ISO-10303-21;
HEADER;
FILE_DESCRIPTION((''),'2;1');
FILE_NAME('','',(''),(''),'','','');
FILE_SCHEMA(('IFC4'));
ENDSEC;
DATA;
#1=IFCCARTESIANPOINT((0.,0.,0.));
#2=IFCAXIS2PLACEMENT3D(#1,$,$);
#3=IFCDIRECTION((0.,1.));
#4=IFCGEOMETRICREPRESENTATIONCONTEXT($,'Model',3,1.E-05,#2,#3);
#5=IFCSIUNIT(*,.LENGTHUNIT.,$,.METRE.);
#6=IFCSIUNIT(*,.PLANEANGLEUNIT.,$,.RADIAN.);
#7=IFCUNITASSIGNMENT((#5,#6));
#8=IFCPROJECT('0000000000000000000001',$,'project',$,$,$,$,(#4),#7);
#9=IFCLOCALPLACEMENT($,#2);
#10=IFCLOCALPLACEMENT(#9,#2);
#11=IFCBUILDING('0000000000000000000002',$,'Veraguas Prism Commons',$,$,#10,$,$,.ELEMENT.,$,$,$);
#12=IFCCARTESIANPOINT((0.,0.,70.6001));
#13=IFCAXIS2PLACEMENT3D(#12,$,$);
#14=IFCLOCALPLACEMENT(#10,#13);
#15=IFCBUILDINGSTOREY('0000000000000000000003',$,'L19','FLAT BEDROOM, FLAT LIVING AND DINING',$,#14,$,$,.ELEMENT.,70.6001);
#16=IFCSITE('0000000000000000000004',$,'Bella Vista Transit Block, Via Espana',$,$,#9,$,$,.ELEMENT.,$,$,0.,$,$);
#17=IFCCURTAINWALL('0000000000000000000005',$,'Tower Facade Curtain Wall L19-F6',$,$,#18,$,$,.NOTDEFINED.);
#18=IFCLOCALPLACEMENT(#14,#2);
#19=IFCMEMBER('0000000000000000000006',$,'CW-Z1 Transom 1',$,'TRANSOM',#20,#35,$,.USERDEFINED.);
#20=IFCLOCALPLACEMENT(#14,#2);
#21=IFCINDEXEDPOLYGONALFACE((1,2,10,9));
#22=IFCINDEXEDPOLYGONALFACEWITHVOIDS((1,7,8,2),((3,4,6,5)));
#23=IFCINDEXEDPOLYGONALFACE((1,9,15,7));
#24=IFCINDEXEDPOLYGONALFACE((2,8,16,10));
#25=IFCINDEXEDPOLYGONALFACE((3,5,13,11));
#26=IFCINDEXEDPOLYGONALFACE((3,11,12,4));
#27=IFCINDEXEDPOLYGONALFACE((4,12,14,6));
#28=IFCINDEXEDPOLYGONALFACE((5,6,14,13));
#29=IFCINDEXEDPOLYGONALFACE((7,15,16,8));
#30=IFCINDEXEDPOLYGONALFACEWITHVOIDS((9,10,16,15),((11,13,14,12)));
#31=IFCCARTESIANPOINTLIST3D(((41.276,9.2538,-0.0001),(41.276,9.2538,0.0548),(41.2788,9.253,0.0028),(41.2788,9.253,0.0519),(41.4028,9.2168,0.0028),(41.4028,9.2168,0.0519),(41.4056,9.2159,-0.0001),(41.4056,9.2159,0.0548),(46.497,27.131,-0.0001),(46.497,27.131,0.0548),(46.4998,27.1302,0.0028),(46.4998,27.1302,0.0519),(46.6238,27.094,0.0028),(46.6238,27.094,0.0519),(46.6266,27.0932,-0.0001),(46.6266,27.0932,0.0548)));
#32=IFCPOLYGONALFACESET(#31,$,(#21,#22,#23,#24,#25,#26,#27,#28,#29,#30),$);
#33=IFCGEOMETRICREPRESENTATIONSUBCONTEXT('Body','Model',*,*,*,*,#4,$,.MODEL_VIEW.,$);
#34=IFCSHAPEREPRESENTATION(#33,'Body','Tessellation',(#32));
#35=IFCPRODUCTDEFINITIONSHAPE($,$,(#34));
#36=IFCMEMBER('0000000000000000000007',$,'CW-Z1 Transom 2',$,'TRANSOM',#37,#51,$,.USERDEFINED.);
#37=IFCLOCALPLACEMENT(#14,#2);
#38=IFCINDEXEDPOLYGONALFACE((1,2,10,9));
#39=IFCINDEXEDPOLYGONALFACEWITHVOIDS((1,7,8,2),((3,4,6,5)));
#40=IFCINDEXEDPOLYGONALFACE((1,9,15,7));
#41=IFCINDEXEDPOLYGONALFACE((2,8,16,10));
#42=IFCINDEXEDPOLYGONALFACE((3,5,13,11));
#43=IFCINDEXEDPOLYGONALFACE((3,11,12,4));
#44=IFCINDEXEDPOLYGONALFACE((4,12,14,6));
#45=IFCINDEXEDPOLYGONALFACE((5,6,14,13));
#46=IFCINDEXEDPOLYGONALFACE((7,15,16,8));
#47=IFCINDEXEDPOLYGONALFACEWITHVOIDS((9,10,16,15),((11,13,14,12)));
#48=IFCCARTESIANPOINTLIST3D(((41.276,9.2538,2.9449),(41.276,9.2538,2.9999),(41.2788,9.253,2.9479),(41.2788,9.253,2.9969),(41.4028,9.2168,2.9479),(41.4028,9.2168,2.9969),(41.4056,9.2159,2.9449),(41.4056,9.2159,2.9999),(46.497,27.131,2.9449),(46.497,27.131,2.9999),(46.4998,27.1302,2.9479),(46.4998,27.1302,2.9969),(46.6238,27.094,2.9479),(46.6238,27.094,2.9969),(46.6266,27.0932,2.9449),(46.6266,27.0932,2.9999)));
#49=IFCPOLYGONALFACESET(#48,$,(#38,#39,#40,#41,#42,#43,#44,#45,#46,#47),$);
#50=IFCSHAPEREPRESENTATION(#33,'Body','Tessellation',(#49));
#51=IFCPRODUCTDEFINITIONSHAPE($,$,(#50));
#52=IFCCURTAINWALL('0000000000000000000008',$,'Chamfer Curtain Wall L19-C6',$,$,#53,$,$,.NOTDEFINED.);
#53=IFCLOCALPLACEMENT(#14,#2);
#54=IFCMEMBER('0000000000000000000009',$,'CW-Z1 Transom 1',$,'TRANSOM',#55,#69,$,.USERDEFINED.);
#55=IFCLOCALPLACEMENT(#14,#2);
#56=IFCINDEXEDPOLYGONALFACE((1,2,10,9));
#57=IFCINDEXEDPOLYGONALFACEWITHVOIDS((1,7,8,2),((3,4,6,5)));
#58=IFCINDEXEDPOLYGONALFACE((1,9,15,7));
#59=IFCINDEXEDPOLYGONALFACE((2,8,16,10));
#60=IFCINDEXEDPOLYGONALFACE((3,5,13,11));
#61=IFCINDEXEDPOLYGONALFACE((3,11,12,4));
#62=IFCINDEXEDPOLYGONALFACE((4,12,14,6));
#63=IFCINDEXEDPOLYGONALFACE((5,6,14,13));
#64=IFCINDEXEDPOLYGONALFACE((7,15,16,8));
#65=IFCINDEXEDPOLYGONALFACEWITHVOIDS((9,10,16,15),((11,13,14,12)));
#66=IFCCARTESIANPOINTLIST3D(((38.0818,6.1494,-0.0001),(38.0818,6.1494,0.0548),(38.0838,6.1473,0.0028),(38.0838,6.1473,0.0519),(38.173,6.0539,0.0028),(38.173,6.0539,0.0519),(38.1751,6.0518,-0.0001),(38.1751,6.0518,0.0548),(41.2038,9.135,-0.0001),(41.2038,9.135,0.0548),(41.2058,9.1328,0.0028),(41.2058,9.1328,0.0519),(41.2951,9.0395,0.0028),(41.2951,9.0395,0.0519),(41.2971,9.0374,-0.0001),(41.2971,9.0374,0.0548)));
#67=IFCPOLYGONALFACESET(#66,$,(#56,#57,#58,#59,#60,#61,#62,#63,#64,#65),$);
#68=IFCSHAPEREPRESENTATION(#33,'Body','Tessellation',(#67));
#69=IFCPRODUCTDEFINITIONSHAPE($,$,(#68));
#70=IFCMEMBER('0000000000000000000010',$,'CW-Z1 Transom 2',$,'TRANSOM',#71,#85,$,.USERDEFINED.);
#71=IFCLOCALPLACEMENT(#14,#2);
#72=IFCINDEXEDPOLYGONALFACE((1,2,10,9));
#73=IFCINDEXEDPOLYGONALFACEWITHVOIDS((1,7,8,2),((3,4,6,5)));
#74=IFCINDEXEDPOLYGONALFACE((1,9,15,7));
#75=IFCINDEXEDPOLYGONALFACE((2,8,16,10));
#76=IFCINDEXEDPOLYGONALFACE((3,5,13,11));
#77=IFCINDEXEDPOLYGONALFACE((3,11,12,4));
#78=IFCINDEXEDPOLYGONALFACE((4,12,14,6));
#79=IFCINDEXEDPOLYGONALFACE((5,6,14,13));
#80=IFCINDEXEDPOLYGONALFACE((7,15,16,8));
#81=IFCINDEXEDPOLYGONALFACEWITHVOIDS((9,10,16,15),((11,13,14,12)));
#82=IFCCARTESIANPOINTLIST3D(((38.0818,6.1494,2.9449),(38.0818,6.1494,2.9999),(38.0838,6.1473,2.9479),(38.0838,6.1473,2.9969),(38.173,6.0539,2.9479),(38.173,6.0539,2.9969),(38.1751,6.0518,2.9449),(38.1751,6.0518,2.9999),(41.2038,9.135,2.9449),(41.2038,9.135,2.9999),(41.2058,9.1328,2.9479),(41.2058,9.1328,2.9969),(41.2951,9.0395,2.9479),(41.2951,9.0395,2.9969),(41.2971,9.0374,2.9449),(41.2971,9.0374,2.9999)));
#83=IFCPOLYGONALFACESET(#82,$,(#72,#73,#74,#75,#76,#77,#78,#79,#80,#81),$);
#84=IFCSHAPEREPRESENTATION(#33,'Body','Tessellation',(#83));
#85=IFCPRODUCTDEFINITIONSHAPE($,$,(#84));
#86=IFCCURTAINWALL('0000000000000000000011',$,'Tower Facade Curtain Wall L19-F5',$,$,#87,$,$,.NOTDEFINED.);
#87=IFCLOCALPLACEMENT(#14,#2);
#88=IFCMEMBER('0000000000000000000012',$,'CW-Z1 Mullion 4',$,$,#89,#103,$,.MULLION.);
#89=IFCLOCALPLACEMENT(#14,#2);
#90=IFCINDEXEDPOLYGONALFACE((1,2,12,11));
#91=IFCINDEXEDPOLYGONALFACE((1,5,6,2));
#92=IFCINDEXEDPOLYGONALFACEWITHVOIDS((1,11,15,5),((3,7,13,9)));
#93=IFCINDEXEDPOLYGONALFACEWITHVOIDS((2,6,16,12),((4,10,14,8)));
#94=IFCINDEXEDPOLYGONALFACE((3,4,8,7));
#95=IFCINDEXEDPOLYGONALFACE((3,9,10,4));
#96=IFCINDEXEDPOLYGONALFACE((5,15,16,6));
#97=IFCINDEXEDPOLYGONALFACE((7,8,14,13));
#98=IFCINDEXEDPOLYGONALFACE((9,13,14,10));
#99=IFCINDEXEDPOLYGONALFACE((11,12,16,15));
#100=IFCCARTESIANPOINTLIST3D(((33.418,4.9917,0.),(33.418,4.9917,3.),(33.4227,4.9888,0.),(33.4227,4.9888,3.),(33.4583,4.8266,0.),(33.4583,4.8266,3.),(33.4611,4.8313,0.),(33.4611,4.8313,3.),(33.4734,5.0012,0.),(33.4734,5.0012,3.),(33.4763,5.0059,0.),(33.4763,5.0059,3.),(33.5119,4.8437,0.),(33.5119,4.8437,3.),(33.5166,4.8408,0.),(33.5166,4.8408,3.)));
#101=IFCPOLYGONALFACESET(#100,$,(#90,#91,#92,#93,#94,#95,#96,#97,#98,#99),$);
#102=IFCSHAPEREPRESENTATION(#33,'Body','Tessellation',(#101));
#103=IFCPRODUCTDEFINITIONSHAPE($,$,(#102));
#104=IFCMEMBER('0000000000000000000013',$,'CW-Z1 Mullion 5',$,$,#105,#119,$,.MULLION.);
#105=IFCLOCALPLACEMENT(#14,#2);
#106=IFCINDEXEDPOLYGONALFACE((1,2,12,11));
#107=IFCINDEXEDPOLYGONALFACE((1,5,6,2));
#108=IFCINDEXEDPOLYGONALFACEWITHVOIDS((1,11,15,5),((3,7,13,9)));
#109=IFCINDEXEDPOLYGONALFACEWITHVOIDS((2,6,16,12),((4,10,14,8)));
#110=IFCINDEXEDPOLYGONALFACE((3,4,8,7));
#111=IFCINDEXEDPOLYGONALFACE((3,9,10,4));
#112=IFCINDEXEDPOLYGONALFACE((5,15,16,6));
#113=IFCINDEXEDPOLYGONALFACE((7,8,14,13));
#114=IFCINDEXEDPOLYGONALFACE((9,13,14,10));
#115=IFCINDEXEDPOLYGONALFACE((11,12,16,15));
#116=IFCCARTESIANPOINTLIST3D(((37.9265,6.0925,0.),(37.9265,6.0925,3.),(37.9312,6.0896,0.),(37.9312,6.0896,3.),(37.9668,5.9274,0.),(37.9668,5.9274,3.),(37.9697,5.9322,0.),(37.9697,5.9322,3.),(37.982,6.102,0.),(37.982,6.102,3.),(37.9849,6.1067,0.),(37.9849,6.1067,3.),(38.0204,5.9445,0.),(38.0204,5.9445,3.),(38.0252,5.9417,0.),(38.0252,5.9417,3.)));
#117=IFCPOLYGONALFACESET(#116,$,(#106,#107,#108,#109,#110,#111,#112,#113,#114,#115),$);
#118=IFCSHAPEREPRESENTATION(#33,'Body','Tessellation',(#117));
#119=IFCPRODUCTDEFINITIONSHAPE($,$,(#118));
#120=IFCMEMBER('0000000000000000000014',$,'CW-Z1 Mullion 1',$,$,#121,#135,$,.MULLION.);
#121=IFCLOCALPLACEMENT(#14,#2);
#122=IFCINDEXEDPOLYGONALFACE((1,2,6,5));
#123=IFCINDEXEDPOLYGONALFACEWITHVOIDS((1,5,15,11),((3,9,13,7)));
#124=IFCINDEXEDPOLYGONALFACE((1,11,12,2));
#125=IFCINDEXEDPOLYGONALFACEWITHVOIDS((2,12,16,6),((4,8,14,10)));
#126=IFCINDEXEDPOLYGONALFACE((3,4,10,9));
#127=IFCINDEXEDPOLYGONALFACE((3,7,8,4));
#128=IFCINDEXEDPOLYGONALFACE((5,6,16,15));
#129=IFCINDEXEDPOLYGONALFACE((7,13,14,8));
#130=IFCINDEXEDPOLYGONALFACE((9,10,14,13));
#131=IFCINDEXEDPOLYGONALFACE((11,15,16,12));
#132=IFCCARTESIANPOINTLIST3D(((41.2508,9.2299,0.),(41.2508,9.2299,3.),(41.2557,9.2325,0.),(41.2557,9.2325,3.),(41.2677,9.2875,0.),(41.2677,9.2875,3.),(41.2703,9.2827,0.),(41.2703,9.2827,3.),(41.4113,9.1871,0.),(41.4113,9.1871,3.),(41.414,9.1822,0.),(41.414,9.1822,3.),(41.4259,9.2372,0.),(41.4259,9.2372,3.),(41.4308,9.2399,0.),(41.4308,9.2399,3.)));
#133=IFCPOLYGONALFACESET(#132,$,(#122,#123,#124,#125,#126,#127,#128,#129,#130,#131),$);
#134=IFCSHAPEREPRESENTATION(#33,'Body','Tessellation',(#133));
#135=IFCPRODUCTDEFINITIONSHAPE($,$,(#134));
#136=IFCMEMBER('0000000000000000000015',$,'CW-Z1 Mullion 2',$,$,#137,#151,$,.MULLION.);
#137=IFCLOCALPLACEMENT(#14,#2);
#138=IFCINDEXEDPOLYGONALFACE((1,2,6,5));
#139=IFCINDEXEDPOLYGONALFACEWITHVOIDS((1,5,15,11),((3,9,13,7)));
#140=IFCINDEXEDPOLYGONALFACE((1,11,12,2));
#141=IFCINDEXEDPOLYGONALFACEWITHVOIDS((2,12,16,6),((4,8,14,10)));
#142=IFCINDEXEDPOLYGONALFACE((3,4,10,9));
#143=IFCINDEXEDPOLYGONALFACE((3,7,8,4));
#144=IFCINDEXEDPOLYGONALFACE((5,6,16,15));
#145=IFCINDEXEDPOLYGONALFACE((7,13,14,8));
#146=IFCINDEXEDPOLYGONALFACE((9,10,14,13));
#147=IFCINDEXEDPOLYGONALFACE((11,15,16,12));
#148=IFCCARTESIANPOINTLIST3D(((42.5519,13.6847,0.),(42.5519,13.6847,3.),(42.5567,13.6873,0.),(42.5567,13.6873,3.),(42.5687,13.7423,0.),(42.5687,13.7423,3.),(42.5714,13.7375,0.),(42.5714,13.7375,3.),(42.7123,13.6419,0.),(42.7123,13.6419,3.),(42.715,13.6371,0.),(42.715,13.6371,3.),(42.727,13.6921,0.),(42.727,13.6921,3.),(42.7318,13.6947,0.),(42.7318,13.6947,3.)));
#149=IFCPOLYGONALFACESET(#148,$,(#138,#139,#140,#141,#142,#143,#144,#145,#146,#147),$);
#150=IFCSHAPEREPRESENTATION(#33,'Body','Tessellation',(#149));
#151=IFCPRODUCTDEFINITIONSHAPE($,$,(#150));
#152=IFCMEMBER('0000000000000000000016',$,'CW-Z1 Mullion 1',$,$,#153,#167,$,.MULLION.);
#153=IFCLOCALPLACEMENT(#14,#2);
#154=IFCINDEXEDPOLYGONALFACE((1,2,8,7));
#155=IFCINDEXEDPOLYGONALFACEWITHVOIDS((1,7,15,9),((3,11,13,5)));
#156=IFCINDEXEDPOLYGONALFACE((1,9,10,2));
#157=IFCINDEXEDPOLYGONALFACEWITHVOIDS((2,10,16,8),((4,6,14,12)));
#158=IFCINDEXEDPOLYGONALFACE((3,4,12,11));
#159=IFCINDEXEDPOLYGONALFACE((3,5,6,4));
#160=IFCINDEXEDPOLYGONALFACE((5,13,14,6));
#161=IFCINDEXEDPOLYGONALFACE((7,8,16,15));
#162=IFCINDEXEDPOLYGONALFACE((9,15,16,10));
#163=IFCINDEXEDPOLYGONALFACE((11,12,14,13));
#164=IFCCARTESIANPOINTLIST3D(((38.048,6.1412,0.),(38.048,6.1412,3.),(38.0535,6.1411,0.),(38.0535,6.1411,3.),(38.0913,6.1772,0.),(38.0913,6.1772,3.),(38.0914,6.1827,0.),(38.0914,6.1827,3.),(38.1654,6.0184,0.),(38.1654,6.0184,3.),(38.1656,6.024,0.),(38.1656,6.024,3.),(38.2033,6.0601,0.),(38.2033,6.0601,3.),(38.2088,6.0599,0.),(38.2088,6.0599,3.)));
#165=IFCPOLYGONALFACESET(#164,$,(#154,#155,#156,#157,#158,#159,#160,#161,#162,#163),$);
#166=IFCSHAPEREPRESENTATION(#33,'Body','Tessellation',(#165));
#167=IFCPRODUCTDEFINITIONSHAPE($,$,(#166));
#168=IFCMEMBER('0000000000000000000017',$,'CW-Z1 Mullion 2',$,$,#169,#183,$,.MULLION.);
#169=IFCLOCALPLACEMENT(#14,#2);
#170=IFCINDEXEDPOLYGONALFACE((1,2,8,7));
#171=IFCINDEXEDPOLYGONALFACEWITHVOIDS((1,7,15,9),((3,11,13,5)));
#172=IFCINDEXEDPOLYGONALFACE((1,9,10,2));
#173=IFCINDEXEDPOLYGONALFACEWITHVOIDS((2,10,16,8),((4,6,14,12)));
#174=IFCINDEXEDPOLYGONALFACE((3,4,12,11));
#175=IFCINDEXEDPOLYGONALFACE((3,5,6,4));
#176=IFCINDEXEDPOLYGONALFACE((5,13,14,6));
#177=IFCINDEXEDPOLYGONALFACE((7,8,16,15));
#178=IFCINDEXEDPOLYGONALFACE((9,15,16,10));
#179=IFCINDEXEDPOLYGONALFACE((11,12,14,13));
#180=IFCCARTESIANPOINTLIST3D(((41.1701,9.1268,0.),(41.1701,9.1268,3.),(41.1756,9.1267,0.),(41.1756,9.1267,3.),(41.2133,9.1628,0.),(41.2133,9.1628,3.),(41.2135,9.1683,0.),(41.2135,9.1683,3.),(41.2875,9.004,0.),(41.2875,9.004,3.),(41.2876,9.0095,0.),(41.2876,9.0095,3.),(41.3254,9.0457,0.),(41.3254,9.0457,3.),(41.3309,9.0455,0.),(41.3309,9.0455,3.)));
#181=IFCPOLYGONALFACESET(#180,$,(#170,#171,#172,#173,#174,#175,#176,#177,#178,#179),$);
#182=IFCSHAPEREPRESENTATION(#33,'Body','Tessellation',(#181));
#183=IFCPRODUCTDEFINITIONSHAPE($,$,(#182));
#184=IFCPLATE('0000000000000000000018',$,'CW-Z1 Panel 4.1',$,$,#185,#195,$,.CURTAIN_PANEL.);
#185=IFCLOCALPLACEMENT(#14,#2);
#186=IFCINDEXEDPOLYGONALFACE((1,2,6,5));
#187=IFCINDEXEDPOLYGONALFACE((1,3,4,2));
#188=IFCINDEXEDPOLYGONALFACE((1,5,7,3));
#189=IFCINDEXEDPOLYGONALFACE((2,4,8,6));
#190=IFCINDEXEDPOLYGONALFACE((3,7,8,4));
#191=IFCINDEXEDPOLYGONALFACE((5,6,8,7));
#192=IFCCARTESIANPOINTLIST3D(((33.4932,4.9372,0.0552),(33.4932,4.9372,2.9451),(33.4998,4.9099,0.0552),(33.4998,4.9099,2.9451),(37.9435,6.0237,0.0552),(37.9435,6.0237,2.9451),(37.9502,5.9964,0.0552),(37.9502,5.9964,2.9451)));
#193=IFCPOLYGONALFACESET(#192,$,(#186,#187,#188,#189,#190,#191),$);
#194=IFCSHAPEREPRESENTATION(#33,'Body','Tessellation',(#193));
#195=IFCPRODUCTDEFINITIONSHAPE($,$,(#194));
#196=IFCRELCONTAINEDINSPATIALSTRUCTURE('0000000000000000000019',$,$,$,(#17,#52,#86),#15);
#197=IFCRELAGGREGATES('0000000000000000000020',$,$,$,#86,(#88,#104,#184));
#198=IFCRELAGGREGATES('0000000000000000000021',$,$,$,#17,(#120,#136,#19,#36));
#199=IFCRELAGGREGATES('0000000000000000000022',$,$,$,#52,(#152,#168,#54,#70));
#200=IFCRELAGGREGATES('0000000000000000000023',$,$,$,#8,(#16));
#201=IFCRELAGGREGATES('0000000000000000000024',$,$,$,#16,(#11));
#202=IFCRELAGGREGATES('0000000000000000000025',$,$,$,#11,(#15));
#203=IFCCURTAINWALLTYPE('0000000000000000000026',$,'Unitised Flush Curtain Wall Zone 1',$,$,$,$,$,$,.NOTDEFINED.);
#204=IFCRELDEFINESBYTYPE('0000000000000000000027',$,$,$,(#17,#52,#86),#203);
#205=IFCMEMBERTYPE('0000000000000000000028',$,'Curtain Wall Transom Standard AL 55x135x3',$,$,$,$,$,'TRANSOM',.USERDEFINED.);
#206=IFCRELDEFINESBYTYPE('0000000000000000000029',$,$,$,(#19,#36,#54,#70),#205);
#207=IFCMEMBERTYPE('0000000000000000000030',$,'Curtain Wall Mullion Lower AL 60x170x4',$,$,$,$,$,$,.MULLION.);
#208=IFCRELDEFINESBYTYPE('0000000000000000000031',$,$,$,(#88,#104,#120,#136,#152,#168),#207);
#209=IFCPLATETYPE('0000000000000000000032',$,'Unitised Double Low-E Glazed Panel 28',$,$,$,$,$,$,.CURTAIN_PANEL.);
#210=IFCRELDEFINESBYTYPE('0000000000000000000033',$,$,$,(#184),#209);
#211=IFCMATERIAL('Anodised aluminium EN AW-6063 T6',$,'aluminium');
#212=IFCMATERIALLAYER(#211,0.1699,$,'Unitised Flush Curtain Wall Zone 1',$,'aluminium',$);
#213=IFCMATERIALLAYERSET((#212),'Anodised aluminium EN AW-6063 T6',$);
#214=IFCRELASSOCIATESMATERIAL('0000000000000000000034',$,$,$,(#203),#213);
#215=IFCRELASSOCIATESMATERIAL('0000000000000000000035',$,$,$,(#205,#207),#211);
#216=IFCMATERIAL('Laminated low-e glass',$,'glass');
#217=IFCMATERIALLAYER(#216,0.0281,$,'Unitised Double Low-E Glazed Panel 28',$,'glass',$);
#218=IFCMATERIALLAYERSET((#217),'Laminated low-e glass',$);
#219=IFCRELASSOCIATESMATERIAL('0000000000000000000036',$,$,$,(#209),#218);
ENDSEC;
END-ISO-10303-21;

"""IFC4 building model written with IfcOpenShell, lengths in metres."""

from ifc_helpers import new_model, si_unit, direction, frame, origin, origin_2d, place, context, subcontext, project, spatial, rectangle, hollow_rectangle, extrude, source, transform, mapped, material, layer, layer_set, material_profile, profile_set, type_object, element, aggregate, save


model = new_model("IFC4")

# Units and contexts
model_context = context("Model", 3, precision=1e-05, world=origin(), true_north=direction((0.0, 1.0)))
body_context = subcontext(model_context, "Body", "Model", "MODEL_VIEW")
ifc_project = project(units=[si_unit("LENGTHUNIT", "METRE"), si_unit("PLANEANGLEUNIT", "RADIAN")], contexts=[model_context])

# Site, building, storey
site_placement = place(None, origin())
site = spatial("IfcSite", under=ifc_project, at=site_placement, Name="Bella Vista Transit Block, Via Espana", CompositionType="ELEMENT", RefElevation=0.0)
building_placement = place(site_placement, origin())
building = spatial("IfcBuilding", under=site, at=building_placement, Name="Veraguas Prism Commons", CompositionType="ELEMENT")
storey_placement = place(building_placement, frame((0.0, 0.0, 70.6001)))
storey = spatial("IfcBuildingStorey", under=building, at=storey_placement, Name="L19", Description="FLAT BEDROOM, FLAT LIVING AND DINING", CompositionType="ELEMENT", Elevation=70.6001)

# Curtain walls, members
ifc_material_1 = material(Name="Anodised aluminium EN AW-6063 T6", Category="aluminium")
ifc_layer_1 = layer(ifc_material_1, 0.1699, Name="Unitised Flush Curtain Wall Zone 1", Category="aluminium")
ifc_layer_set_1 = layer_set([ifc_layer_1], Name="Anodised aluminium EN AW-6063 T6")
curtain_wall_type = type_object("IfcCurtainWallType", Name="Unitised Flush Curtain Wall Zone 1", PredefinedType="NOTDEFINED", material=ifc_layer_set_1)
curtain_wall_1_placement = place(storey_placement, origin())
curtain_wall_1 = element("IfcCurtainWall", 1, at=curtain_wall_1_placement, inside=storey, type_object=curtain_wall_type, Name="Tower Facade Curtain Wall L19-F6", PredefinedType="NOTDEFINED")
ifc_material_profile_1 = material_profile(ifc_material_1, hollow_rectangle(XDim=0.0549, YDim=0.135, WallThickness=0.0029, at=origin_2d()), Name="AL55X135X3")
ifc_profile_set_1 = profile_set([ifc_material_profile_1], Name="Anodised aluminium EN AW-6063 T6")
member_type_1 = type_object("IfcMemberType", Name="Curtain Wall Transom Standard AL 55x135x3", ElementType="TRANSOM", PredefinedType="USERDEFINED", material=ifc_profile_set_1)
shared_shape_1 = source(origin(), body_context, "Body", "SweptSolid", [
    extrude(hollow_rectangle(XDim=0.0549, YDim=0.135, WallThickness=0.0029, at=origin_2d()), origin(), (0.0, 0.0, 1.0), 18.624),
])
member_1_placement = place(storey_placement, frame((41.3408, 9.2349, 0.0273), z_axis=(0.280335, 0.959902, 0.0), x_axis=(0.0, 0.0, 1.0)))
member_1 = element("IfcMember", 2, at=member_1_placement, type_object=member_type_1, Name="CW-Z1 Transom 1", ObjectType="TRANSOM", PredefinedType="USERDEFINED", context=body_context, shape_type="MappedRepresentation", body=[
    mapped(shared_shape_1, transform((0.0, 0.0, 0.0), scale=1.0)),
])
member_2_placement = place(storey_placement, frame((41.3408, 9.2349, 2.9724), z_axis=(0.280335, 0.959902, 0.0), x_axis=(0.0, 0.0, 1.0)))
member_2 = element("IfcMember", 3, at=member_2_placement, type_object=member_type_1, Name="CW-Z1 Transom 2", ObjectType="TRANSOM", PredefinedType="USERDEFINED", context=body_context, shape_type="MappedRepresentation", body=[
    mapped(shared_shape_1, transform((0.0, 0.0, 0.0), scale=1.0)),
])
curtain_wall_2_placement = place(storey_placement, origin())
curtain_wall_2 = element("IfcCurtainWall", 4, at=curtain_wall_2_placement, inside=storey, type_object=curtain_wall_type, Name="Chamfer Curtain Wall L19-C6", PredefinedType="NOTDEFINED")
shared_shape_2 = source(origin(), body_context, "Body", "SweptSolid", [
    extrude(hollow_rectangle(XDim=0.0549, YDim=0.135, WallThickness=0.0029, at=origin_2d()), origin(), (0.0, 0.0, 1.0), 4.3198),
])
member_3_placement = place(storey_placement, frame((38.1284, 6.1006, 0.0273), z_axis=(0.722727, 0.691134, 0.0), x_axis=(0.0, 0.0, 1.0)))
member_3 = element("IfcMember", 5, at=member_3_placement, type_object=member_type_1, Name="CW-Z1 Transom 1", ObjectType="TRANSOM", PredefinedType="USERDEFINED", context=body_context, shape_type="MappedRepresentation", body=[
    mapped(shared_shape_2, transform((0.0, 0.0, 0.0), scale=1.0)),
])
member_4_placement = place(storey_placement, frame((38.1284, 6.1006, 2.9724), z_axis=(0.722727, 0.691134, 0.0), x_axis=(0.0, 0.0, 1.0)))
member_4 = element("IfcMember", 6, at=member_4_placement, type_object=member_type_1, Name="CW-Z1 Transom 2", ObjectType="TRANSOM", PredefinedType="USERDEFINED", context=body_context, shape_type="MappedRepresentation", body=[
    mapped(shared_shape_2, transform((0.0, 0.0, 0.0), scale=1.0)),
])
curtain_wall_3_placement = place(storey_placement, origin())
curtain_wall_3 = element("IfcCurtainWall", 7, at=curtain_wall_3_placement, inside=storey, type_object=curtain_wall_type, Name="Tower Facade Curtain Wall L19-F5", PredefinedType="NOTDEFINED")
ifc_material_profile_2 = material_profile(ifc_material_1, hollow_rectangle(XDim=0.0601, YDim=0.1699, WallThickness=0.0039, at=origin_2d()), Name="AL60X170X4")
ifc_profile_set_2 = profile_set([ifc_material_profile_2], Name="Anodised aluminium EN AW-6063 T6")
member_type_2 = type_object("IfcMemberType", Name="Curtain Wall Mullion Lower AL 60x170x4", PredefinedType="MULLION", material=ifc_profile_set_2)
shared_shape_3 = source(origin(), body_context, "Body", "SweptSolid", [
    extrude(hollow_rectangle(XDim=0.0601, YDim=0.1699, WallThickness=0.0039, at=origin_2d()), origin(), (0.0, 0.0, 1.0), 3.0),
])
member_5_placement = place(storey_placement, frame((33.4673, 4.9163, 0.0), z_axis=(0.0, 0.0, 1.0), x_axis=(0.971465, 0.237184, 0.0)))
member_5 = element("IfcMember", 8, at=member_5_placement, type_object=member_type_2, Name="CW-Z1 Mullion 4", PredefinedType="MULLION", context=body_context, shape_type="MappedRepresentation", body=[
    mapped(shared_shape_3, transform((0.0, 0.0, 0.0), scale=1.0)),
])
member_6_placement = place(storey_placement, frame((37.9758, 6.0171, 0.0), z_axis=(0.0, 0.0, 1.0), x_axis=(0.971465, 0.237184, 0.0)))
member_6 = element("IfcMember", 9, at=member_6_placement, type_object=member_type_2, Name="CW-Z1 Mullion 5", PredefinedType="MULLION", context=body_context, shape_type="MappedRepresentation", body=[
    mapped(shared_shape_3, transform((0.0, 0.0, 0.0), scale=1.0)),
])

# Members
member_7_placement = place(storey_placement, frame((41.3408, 9.2349, 0.0), z_axis=(0.0, 0.0, 1.0), x_axis=(0.280333, 0.959903, 0.0)))
member_7 = element("IfcMember", 10, at=member_7_placement, type_object=member_type_2, Name="CW-Z1 Mullion 1", PredefinedType="MULLION", context=body_context, shape_type="MappedRepresentation", body=[
    mapped(shared_shape_3, transform((0.0, 0.0, 0.0), scale=1.0)),
])
member_8_placement = place(storey_placement, frame((42.6418, 13.6897, 0.0), z_axis=(0.0, 0.0, 1.0), x_axis=(0.280333, 0.959903, 0.0)))
member_8 = element("IfcMember", 11, at=member_8_placement, type_object=member_type_2, Name="CW-Z1 Mullion 2", PredefinedType="MULLION", context=body_context, shape_type="MappedRepresentation", body=[
    mapped(shared_shape_3, transform((0.0, 0.0, 0.0), scale=1.0)),
])
member_9_placement = place(storey_placement, frame((38.1284, 6.1006, 0.0), z_axis=(0.0, 0.0, 1.0), x_axis=(0.72273, 0.691131, 0.0)))
member_9 = element("IfcMember", 12, at=member_9_placement, type_object=member_type_2, Name="CW-Z1 Mullion 1", PredefinedType="MULLION", context=body_context, shape_type="MappedRepresentation", body=[
    mapped(shared_shape_3, transform((0.0, 0.0, 0.0), scale=1.0)),
])
member_10_placement = place(storey_placement, frame((41.2505, 9.0862, 0.0), z_axis=(0.0, 0.0, 1.0), x_axis=(0.72273, 0.691131, 0.0)))
member_10 = element("IfcMember", 13, at=member_10_placement, type_object=member_type_2, Name="CW-Z1 Mullion 2", PredefinedType="MULLION", context=body_context, shape_type="MappedRepresentation", body=[
    mapped(shared_shape_3, transform((0.0, 0.0, 0.0), scale=1.0)),
])

# Plate
ifc_material_2 = material(Name="Laminated low-e glass", Category="glass")
ifc_layer_2 = layer(ifc_material_2, 0.0281, Name="Unitised Double Low-E Glazed Panel 28", Category="glass")
ifc_layer_set_2 = layer_set([ifc_layer_2], Name="Laminated low-e glass")
plate_type = type_object("IfcPlateType", Name="Unitised Double Low-E Glazed Panel 28", PredefinedType="CURTAIN_PANEL", material=ifc_layer_set_2)
shared_shape_4 = source(origin(), body_context, "Body", "SweptSolid", [
    extrude(rectangle(XDim=4.5811, YDim=0.0281, at=origin_2d()), origin(), (0.0, 0.0, 1.0), 2.8899),
])
plate_1_placement = place(storey_placement, frame((35.7217, 5.4668, 0.0552), z_axis=(0.0, 0.0, 1.0), x_axis=(0.971465, 0.237184, 0.0)))
plate_1 = element("IfcPlate", 14, at=plate_1_placement, type_object=plate_type, Name="CW-Z1 Panel 4.1", PredefinedType="CURTAIN_PANEL", context=body_context, shape_type="MappedRepresentation", body=[
    mapped(shared_shape_4, transform((0.0, 0.0, 0.0), scale=1.0)),
])
aggregate(curtain_wall_3, [member_5, member_6, plate_1])
aggregate(curtain_wall_1, [member_7, member_8, member_1, member_2])
aggregate(curtain_wall_2, [member_9, member_10, member_3, member_4])

save(model, "model.ifc")
